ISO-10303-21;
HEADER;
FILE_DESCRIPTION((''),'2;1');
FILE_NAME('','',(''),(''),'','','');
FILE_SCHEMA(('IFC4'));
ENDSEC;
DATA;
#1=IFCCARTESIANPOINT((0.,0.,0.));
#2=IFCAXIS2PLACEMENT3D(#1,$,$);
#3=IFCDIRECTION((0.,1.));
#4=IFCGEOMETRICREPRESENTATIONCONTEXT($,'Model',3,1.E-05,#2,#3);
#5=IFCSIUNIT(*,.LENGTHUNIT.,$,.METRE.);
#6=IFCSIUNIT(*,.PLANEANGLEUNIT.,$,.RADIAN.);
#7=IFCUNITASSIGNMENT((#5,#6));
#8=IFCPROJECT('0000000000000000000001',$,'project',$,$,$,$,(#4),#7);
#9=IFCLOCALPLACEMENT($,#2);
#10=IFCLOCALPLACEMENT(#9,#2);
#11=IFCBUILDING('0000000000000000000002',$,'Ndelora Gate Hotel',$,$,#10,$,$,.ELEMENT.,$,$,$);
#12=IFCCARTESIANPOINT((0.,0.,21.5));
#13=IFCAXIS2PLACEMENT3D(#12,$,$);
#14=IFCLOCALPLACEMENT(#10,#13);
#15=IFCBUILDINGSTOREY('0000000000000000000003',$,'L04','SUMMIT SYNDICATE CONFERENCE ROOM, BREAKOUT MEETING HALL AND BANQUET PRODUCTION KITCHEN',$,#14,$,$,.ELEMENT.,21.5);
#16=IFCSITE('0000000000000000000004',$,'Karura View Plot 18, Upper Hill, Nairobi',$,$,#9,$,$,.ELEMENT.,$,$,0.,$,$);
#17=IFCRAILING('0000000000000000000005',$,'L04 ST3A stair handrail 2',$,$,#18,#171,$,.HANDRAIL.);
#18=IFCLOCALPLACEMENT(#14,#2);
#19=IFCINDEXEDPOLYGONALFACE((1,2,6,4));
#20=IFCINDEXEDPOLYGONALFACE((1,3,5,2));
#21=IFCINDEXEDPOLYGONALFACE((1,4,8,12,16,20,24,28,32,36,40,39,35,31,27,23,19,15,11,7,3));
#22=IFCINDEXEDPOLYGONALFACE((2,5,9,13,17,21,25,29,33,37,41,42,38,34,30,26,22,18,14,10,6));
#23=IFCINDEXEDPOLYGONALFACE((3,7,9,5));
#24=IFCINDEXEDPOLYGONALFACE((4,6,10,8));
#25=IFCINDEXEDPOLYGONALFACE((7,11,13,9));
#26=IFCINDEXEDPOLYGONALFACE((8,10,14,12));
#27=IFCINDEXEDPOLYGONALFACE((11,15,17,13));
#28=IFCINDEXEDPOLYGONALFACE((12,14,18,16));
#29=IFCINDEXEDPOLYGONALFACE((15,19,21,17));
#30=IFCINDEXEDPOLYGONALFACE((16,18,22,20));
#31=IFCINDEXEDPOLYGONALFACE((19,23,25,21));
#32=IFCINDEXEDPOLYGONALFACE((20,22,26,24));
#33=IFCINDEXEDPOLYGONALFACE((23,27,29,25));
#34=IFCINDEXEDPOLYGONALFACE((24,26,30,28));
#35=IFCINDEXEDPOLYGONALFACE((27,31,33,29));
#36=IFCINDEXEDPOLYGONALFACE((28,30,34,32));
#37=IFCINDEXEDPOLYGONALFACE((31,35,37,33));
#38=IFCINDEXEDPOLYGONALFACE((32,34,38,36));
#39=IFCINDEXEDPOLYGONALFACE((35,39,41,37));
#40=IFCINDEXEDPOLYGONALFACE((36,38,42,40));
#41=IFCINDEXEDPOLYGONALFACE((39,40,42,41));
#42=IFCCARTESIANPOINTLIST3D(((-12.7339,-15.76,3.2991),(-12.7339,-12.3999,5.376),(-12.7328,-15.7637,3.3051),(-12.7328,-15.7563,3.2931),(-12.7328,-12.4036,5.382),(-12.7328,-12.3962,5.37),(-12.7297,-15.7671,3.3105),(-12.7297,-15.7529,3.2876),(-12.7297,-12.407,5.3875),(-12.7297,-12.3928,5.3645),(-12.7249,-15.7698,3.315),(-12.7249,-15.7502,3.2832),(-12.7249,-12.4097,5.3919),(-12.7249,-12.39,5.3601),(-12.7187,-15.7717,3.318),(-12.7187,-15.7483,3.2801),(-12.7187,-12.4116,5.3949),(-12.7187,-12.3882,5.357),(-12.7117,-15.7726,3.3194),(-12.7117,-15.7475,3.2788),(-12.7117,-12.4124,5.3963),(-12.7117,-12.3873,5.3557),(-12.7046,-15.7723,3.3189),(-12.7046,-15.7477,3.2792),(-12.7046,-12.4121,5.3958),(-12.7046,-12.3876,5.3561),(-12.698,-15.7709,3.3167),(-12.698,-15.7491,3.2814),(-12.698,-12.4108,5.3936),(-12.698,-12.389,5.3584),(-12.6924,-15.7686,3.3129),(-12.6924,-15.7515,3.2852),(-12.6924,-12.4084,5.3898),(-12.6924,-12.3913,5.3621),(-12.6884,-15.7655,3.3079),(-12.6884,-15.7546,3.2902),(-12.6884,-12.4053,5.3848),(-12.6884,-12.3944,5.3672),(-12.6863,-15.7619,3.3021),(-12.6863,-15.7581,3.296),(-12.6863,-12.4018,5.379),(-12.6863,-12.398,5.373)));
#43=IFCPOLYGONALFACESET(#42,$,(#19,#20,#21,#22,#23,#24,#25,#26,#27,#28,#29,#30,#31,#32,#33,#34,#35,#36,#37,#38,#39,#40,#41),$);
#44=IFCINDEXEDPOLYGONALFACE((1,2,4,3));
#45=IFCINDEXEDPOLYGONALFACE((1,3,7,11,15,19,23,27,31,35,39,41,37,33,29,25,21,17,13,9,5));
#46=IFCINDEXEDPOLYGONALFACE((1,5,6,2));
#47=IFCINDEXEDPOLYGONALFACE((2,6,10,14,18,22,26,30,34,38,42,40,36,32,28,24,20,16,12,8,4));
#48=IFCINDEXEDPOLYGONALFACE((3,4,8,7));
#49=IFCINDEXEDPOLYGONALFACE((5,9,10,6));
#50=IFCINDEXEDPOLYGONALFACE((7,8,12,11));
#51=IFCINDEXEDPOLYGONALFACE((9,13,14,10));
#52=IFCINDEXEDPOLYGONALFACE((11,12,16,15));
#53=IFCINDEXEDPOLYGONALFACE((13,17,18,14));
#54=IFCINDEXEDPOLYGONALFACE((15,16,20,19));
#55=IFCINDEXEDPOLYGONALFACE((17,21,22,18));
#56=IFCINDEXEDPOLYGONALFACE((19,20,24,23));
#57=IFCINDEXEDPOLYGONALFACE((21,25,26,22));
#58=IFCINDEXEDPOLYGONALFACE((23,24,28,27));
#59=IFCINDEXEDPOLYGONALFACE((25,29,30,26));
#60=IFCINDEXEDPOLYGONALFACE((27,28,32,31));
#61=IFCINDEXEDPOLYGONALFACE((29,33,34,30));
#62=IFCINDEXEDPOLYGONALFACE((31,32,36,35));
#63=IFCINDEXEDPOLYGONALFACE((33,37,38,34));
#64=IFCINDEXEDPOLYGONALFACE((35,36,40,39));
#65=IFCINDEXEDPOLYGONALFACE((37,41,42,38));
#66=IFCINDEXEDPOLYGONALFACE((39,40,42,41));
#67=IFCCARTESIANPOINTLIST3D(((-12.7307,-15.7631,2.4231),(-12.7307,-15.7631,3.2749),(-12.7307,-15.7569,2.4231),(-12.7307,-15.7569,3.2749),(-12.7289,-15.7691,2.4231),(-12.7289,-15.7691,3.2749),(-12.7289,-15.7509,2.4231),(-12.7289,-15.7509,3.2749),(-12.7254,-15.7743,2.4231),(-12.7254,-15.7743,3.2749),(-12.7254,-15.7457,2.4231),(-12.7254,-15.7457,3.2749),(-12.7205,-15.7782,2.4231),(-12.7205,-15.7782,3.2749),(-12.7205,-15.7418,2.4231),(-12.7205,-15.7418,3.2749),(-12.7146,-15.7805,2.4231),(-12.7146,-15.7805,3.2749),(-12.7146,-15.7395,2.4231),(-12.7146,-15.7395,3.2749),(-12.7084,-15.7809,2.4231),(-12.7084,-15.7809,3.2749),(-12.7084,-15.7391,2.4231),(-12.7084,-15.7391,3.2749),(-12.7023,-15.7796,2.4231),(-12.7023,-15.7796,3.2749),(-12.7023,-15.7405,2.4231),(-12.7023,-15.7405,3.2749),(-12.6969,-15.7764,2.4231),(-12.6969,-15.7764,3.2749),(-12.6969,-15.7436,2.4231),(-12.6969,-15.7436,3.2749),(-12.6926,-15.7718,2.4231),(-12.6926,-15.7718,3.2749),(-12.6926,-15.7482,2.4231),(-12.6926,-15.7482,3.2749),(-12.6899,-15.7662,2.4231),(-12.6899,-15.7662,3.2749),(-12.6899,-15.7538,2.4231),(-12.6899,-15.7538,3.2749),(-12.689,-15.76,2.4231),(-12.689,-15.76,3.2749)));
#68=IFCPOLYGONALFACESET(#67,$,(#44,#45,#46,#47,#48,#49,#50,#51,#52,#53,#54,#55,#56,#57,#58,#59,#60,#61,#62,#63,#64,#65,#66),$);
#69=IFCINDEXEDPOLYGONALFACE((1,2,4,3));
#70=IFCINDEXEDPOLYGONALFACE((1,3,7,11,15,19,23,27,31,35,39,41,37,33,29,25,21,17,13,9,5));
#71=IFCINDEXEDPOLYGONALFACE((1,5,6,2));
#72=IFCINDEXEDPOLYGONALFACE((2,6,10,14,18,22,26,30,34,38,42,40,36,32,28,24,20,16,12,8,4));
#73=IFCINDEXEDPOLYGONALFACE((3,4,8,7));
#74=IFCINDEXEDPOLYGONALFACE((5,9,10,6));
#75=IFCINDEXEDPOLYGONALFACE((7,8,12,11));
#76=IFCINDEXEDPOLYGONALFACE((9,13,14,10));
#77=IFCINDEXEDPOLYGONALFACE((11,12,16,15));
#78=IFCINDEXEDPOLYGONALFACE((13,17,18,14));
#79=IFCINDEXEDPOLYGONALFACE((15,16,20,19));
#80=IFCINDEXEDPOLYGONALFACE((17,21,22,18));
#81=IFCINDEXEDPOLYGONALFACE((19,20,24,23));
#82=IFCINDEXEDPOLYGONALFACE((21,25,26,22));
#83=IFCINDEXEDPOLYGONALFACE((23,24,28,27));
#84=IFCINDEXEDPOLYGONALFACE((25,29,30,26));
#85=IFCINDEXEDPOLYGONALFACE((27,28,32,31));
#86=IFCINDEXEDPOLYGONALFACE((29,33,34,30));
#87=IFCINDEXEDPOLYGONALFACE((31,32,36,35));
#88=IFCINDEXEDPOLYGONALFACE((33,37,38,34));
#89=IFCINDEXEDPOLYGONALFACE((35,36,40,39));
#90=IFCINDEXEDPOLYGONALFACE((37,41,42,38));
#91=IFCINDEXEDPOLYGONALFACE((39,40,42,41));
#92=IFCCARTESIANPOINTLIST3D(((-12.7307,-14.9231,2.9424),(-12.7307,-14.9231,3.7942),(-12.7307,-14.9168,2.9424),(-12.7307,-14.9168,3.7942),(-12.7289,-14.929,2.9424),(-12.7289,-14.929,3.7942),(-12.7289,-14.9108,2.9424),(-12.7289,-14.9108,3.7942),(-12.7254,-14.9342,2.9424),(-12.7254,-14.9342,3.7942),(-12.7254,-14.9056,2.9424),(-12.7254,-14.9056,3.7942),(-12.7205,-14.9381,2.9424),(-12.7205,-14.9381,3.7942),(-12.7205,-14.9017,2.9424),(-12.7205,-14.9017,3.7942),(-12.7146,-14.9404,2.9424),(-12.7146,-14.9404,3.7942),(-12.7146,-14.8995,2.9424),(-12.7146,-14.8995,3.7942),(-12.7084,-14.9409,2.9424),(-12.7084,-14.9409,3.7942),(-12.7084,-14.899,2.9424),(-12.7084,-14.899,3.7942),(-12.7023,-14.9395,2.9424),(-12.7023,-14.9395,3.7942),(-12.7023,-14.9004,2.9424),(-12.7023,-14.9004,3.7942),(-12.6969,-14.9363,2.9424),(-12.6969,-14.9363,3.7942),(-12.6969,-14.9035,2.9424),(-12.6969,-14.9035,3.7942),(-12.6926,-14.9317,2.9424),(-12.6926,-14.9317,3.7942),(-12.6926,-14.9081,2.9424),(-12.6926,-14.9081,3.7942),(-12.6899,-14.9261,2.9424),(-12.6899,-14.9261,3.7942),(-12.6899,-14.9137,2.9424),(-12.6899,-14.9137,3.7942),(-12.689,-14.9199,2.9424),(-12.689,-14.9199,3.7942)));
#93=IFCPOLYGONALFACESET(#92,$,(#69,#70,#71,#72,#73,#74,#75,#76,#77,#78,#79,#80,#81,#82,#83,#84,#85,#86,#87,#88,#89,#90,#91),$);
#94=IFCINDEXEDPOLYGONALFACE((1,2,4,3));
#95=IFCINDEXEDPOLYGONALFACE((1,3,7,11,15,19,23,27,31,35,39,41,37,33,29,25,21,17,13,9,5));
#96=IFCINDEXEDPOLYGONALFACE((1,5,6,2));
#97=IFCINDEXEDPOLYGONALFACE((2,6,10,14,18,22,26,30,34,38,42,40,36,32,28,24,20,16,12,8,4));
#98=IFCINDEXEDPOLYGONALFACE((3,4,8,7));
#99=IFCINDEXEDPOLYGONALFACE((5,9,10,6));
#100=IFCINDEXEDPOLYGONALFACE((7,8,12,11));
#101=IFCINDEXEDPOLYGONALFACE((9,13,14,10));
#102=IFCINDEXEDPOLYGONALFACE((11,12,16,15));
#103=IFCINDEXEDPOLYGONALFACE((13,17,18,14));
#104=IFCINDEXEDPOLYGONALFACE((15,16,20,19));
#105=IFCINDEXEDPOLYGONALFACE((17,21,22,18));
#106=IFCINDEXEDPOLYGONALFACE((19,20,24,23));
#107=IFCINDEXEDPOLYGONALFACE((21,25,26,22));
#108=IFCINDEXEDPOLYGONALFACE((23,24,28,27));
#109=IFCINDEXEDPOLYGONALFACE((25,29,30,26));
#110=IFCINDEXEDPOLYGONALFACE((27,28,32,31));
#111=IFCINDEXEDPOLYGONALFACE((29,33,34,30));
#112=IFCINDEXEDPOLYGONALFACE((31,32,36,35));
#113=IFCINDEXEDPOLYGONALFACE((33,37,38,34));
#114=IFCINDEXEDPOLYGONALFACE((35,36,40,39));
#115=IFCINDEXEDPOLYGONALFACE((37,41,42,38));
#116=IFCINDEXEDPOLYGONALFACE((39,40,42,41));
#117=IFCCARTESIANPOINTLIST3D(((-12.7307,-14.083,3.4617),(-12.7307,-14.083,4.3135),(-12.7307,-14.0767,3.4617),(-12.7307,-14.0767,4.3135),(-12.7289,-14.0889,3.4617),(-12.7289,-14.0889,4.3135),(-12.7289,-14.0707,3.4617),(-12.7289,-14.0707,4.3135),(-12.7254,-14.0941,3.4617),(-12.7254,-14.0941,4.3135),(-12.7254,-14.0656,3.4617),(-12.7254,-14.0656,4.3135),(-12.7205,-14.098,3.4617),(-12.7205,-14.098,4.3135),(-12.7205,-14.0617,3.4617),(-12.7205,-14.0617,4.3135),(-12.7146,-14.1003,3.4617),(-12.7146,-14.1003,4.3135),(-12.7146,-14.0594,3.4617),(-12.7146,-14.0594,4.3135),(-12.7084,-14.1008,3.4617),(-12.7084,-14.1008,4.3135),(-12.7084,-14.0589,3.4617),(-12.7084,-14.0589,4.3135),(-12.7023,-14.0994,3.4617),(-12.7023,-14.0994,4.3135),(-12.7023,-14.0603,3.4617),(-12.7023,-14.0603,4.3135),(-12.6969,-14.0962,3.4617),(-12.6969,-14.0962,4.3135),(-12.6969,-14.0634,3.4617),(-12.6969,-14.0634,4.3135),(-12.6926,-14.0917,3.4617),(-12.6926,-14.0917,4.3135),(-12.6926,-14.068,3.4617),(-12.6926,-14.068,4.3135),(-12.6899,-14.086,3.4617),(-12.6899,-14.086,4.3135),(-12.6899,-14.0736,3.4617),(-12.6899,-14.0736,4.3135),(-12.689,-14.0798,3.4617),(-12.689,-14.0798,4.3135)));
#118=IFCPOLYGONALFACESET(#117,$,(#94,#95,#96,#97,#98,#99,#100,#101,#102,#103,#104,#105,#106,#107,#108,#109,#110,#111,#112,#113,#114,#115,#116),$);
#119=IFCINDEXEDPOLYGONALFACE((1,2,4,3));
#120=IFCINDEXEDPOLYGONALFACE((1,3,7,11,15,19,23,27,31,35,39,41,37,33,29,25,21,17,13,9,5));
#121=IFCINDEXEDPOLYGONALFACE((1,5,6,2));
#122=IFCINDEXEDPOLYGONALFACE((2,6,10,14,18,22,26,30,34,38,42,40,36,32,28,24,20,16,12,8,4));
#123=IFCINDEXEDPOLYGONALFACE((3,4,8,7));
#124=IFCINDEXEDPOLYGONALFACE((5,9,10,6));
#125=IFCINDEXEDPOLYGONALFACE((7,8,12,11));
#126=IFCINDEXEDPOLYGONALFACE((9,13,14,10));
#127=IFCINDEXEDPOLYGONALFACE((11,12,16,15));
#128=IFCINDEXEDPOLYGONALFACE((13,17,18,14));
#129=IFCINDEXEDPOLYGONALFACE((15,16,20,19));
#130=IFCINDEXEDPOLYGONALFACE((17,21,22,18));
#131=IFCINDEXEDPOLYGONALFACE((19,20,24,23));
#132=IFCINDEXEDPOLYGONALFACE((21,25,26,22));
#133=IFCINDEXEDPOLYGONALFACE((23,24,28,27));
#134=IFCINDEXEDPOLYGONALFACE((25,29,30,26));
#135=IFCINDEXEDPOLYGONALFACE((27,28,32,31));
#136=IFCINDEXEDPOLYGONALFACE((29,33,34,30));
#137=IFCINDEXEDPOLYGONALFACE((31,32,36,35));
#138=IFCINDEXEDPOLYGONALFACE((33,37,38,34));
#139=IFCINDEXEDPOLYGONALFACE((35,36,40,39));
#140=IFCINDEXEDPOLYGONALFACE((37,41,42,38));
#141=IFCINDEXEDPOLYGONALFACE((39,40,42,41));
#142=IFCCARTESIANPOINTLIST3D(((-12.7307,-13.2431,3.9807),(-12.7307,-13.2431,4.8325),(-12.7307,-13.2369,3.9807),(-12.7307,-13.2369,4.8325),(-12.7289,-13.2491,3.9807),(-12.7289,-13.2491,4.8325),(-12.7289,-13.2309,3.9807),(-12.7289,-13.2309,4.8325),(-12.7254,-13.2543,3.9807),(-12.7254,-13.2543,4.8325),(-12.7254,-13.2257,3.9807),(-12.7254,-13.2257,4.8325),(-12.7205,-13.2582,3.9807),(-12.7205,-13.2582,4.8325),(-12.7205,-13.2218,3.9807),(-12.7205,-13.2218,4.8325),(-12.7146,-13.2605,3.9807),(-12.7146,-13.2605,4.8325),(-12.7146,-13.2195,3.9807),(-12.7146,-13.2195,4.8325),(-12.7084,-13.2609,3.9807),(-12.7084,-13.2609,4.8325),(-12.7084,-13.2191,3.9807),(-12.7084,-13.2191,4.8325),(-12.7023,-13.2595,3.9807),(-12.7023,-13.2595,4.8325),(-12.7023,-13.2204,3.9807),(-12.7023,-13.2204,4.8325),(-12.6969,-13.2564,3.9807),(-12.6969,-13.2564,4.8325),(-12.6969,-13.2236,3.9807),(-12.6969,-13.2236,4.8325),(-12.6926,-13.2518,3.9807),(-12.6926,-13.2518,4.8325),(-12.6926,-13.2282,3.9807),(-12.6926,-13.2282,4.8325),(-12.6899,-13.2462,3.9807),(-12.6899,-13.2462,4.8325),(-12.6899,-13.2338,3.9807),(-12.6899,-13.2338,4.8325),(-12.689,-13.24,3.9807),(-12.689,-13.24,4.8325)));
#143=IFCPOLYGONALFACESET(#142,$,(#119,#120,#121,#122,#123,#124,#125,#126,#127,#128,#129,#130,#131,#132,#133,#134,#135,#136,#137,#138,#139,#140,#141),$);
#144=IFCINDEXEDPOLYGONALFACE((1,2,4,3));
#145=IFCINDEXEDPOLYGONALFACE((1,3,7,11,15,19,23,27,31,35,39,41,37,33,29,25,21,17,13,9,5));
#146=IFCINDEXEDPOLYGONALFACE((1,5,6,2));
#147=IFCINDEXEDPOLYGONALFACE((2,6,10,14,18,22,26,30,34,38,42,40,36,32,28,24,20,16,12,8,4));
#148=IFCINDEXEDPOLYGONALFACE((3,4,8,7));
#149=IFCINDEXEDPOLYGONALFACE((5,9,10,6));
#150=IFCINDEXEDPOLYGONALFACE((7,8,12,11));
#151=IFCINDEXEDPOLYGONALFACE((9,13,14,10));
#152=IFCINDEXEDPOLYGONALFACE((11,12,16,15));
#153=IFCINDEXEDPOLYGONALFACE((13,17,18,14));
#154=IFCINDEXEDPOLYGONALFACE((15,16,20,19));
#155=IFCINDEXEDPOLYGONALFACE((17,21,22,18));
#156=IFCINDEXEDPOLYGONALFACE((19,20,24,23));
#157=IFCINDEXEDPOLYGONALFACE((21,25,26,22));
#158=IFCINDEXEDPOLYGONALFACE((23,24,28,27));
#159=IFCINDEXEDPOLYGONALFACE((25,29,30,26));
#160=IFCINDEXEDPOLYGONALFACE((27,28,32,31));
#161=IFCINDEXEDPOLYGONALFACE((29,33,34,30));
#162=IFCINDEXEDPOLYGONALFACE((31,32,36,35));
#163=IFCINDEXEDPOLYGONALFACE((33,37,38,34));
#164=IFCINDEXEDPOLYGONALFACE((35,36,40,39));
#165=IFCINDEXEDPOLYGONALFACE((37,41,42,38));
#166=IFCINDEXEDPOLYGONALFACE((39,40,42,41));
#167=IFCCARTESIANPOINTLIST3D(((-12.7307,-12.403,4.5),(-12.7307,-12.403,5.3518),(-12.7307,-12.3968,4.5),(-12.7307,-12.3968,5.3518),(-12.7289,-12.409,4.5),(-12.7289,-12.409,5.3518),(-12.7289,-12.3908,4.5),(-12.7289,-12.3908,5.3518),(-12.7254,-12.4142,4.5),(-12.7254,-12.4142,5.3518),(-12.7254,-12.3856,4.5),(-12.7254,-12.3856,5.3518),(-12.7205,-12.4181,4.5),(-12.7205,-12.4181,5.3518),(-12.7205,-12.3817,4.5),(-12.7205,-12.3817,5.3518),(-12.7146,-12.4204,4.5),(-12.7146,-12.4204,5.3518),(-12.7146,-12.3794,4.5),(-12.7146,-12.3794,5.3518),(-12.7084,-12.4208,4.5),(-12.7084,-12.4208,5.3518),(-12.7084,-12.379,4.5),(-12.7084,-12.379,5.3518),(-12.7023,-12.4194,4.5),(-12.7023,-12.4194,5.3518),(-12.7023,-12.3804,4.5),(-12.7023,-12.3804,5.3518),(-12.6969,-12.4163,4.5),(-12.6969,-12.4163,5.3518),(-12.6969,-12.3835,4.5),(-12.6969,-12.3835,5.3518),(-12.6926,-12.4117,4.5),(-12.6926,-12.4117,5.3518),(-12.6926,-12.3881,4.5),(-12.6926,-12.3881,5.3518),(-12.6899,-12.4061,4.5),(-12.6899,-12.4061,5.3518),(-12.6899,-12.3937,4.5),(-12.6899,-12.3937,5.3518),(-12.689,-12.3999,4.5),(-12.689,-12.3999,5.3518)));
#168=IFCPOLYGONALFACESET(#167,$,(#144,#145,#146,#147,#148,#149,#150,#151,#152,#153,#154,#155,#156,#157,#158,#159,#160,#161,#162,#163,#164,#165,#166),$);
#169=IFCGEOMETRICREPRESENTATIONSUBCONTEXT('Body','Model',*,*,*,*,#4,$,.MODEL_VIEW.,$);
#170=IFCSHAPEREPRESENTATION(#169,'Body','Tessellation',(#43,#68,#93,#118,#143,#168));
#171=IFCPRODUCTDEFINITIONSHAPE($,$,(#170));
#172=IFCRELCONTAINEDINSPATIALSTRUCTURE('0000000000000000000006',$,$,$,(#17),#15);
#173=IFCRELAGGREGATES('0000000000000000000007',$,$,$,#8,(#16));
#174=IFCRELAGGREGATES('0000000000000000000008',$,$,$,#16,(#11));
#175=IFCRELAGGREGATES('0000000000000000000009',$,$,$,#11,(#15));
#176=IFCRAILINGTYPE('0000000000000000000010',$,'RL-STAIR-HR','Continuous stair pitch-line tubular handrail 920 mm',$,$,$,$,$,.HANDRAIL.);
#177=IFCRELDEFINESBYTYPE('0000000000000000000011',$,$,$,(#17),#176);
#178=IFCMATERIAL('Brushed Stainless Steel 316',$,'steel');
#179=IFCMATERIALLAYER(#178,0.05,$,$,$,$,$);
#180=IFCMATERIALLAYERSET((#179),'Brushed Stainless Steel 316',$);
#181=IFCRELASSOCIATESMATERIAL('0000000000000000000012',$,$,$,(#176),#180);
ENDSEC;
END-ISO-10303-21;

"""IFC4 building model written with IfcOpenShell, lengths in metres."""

from ifc_helpers import new_model, si_unit, direction, frame, origin, origin_2d, place, context, subcontext, project, spatial, circle, extrude, material, layer, layer_set, type_object, element, save


model = new_model("IFC4")

# Units and contexts
model_context = context("Model", 3, precision=1e-05, world=origin(), true_north=direction((0.0, 1.0)))
body_context = subcontext(model_context, "Body", "Model", "MODEL_VIEW")
ifc_project = project(units=[si_unit("LENGTHUNIT", "METRE"), si_unit("PLANEANGLEUNIT", "RADIAN")], contexts=[model_context])

# Site, building, storey
site_placement = place(None, origin())
site = spatial("IfcSite", under=ifc_project, at=site_placement, Name="Karura View Plot 18, Upper Hill, Nairobi", CompositionType="ELEMENT", RefElevation=0.0)
building_placement = place(site_placement, origin())
building = spatial("IfcBuilding", under=site, at=building_placement, Name="Ndelora Gate Hotel", CompositionType="ELEMENT")
storey_placement = place(building_placement, frame((0.0, 0.0, 21.5)))
storey = spatial("IfcBuildingStorey", under=building, at=storey_placement, Name="L04", Description="SUMMIT SYNDICATE CONFERENCE ROOM, BREAKOUT MEETING HALL AND BANQUET PRODUCTION KITCHEN", CompositionType="ELEMENT", Elevation=21.5)

# Railing
ifc_material_1 = material(Name="Brushed Stainless Steel 316", Category="steel")
ifc_layer_1 = layer(ifc_material_1, 0.05)
ifc_layer_set_1 = layer_set([ifc_layer_1], Name="Brushed Stainless Steel 316")
railing_type_1 = type_object("IfcRailingType", Name="RL-STAIR-HR", Description="Continuous stair pitch-line tubular handrail 920 mm", PredefinedType="HANDRAIL", material=ifc_layer_set_1)
railing_1_placement = place(storey_placement, frame((-12.71, -15.76, 2.4231)))
element("IfcRailing", 1, at=railing_1_placement, inside=storey, type_object=railing_type_1, Name="L04 ST3A stair handrail 2", PredefinedType="HANDRAIL", context=body_context, shape_type="SweptSolid", body=[
    extrude(circle(Radius=0.0239, at=origin_2d()), frame((0.0, 0.0, 0.876), z_axis=(0.0, 0.850623, 0.525776), x_axis=(-1.0, 0.0, 0.0)), (0.0, 0.0, 1.0), 3.9502),
    extrude(circle(Radius=0.021, at=origin_2d()), origin(), (0.0, 0.0, 1.0), 0.8518),
    extrude(circle(Radius=0.021, at=origin_2d()), frame((0.0, 0.8401, 0.5193)), (0.0, 0.0, 1.0), 0.8518),
    extrude(circle(Radius=0.021, at=origin_2d()), frame((0.0, 1.6802, 1.0386)), (0.0, 0.0, 1.0), 0.8518),
    extrude(circle(Radius=0.021, at=origin_2d()), frame((0.0, 2.52, 1.5576)), (0.0, 0.0, 1.0), 0.8518),
    extrude(circle(Radius=0.021, at=origin_2d()), frame((0.0, 3.3601, 2.0769)), (0.0, 0.0, 1.0), 0.8518),
])

save(model, "model.ifc")
